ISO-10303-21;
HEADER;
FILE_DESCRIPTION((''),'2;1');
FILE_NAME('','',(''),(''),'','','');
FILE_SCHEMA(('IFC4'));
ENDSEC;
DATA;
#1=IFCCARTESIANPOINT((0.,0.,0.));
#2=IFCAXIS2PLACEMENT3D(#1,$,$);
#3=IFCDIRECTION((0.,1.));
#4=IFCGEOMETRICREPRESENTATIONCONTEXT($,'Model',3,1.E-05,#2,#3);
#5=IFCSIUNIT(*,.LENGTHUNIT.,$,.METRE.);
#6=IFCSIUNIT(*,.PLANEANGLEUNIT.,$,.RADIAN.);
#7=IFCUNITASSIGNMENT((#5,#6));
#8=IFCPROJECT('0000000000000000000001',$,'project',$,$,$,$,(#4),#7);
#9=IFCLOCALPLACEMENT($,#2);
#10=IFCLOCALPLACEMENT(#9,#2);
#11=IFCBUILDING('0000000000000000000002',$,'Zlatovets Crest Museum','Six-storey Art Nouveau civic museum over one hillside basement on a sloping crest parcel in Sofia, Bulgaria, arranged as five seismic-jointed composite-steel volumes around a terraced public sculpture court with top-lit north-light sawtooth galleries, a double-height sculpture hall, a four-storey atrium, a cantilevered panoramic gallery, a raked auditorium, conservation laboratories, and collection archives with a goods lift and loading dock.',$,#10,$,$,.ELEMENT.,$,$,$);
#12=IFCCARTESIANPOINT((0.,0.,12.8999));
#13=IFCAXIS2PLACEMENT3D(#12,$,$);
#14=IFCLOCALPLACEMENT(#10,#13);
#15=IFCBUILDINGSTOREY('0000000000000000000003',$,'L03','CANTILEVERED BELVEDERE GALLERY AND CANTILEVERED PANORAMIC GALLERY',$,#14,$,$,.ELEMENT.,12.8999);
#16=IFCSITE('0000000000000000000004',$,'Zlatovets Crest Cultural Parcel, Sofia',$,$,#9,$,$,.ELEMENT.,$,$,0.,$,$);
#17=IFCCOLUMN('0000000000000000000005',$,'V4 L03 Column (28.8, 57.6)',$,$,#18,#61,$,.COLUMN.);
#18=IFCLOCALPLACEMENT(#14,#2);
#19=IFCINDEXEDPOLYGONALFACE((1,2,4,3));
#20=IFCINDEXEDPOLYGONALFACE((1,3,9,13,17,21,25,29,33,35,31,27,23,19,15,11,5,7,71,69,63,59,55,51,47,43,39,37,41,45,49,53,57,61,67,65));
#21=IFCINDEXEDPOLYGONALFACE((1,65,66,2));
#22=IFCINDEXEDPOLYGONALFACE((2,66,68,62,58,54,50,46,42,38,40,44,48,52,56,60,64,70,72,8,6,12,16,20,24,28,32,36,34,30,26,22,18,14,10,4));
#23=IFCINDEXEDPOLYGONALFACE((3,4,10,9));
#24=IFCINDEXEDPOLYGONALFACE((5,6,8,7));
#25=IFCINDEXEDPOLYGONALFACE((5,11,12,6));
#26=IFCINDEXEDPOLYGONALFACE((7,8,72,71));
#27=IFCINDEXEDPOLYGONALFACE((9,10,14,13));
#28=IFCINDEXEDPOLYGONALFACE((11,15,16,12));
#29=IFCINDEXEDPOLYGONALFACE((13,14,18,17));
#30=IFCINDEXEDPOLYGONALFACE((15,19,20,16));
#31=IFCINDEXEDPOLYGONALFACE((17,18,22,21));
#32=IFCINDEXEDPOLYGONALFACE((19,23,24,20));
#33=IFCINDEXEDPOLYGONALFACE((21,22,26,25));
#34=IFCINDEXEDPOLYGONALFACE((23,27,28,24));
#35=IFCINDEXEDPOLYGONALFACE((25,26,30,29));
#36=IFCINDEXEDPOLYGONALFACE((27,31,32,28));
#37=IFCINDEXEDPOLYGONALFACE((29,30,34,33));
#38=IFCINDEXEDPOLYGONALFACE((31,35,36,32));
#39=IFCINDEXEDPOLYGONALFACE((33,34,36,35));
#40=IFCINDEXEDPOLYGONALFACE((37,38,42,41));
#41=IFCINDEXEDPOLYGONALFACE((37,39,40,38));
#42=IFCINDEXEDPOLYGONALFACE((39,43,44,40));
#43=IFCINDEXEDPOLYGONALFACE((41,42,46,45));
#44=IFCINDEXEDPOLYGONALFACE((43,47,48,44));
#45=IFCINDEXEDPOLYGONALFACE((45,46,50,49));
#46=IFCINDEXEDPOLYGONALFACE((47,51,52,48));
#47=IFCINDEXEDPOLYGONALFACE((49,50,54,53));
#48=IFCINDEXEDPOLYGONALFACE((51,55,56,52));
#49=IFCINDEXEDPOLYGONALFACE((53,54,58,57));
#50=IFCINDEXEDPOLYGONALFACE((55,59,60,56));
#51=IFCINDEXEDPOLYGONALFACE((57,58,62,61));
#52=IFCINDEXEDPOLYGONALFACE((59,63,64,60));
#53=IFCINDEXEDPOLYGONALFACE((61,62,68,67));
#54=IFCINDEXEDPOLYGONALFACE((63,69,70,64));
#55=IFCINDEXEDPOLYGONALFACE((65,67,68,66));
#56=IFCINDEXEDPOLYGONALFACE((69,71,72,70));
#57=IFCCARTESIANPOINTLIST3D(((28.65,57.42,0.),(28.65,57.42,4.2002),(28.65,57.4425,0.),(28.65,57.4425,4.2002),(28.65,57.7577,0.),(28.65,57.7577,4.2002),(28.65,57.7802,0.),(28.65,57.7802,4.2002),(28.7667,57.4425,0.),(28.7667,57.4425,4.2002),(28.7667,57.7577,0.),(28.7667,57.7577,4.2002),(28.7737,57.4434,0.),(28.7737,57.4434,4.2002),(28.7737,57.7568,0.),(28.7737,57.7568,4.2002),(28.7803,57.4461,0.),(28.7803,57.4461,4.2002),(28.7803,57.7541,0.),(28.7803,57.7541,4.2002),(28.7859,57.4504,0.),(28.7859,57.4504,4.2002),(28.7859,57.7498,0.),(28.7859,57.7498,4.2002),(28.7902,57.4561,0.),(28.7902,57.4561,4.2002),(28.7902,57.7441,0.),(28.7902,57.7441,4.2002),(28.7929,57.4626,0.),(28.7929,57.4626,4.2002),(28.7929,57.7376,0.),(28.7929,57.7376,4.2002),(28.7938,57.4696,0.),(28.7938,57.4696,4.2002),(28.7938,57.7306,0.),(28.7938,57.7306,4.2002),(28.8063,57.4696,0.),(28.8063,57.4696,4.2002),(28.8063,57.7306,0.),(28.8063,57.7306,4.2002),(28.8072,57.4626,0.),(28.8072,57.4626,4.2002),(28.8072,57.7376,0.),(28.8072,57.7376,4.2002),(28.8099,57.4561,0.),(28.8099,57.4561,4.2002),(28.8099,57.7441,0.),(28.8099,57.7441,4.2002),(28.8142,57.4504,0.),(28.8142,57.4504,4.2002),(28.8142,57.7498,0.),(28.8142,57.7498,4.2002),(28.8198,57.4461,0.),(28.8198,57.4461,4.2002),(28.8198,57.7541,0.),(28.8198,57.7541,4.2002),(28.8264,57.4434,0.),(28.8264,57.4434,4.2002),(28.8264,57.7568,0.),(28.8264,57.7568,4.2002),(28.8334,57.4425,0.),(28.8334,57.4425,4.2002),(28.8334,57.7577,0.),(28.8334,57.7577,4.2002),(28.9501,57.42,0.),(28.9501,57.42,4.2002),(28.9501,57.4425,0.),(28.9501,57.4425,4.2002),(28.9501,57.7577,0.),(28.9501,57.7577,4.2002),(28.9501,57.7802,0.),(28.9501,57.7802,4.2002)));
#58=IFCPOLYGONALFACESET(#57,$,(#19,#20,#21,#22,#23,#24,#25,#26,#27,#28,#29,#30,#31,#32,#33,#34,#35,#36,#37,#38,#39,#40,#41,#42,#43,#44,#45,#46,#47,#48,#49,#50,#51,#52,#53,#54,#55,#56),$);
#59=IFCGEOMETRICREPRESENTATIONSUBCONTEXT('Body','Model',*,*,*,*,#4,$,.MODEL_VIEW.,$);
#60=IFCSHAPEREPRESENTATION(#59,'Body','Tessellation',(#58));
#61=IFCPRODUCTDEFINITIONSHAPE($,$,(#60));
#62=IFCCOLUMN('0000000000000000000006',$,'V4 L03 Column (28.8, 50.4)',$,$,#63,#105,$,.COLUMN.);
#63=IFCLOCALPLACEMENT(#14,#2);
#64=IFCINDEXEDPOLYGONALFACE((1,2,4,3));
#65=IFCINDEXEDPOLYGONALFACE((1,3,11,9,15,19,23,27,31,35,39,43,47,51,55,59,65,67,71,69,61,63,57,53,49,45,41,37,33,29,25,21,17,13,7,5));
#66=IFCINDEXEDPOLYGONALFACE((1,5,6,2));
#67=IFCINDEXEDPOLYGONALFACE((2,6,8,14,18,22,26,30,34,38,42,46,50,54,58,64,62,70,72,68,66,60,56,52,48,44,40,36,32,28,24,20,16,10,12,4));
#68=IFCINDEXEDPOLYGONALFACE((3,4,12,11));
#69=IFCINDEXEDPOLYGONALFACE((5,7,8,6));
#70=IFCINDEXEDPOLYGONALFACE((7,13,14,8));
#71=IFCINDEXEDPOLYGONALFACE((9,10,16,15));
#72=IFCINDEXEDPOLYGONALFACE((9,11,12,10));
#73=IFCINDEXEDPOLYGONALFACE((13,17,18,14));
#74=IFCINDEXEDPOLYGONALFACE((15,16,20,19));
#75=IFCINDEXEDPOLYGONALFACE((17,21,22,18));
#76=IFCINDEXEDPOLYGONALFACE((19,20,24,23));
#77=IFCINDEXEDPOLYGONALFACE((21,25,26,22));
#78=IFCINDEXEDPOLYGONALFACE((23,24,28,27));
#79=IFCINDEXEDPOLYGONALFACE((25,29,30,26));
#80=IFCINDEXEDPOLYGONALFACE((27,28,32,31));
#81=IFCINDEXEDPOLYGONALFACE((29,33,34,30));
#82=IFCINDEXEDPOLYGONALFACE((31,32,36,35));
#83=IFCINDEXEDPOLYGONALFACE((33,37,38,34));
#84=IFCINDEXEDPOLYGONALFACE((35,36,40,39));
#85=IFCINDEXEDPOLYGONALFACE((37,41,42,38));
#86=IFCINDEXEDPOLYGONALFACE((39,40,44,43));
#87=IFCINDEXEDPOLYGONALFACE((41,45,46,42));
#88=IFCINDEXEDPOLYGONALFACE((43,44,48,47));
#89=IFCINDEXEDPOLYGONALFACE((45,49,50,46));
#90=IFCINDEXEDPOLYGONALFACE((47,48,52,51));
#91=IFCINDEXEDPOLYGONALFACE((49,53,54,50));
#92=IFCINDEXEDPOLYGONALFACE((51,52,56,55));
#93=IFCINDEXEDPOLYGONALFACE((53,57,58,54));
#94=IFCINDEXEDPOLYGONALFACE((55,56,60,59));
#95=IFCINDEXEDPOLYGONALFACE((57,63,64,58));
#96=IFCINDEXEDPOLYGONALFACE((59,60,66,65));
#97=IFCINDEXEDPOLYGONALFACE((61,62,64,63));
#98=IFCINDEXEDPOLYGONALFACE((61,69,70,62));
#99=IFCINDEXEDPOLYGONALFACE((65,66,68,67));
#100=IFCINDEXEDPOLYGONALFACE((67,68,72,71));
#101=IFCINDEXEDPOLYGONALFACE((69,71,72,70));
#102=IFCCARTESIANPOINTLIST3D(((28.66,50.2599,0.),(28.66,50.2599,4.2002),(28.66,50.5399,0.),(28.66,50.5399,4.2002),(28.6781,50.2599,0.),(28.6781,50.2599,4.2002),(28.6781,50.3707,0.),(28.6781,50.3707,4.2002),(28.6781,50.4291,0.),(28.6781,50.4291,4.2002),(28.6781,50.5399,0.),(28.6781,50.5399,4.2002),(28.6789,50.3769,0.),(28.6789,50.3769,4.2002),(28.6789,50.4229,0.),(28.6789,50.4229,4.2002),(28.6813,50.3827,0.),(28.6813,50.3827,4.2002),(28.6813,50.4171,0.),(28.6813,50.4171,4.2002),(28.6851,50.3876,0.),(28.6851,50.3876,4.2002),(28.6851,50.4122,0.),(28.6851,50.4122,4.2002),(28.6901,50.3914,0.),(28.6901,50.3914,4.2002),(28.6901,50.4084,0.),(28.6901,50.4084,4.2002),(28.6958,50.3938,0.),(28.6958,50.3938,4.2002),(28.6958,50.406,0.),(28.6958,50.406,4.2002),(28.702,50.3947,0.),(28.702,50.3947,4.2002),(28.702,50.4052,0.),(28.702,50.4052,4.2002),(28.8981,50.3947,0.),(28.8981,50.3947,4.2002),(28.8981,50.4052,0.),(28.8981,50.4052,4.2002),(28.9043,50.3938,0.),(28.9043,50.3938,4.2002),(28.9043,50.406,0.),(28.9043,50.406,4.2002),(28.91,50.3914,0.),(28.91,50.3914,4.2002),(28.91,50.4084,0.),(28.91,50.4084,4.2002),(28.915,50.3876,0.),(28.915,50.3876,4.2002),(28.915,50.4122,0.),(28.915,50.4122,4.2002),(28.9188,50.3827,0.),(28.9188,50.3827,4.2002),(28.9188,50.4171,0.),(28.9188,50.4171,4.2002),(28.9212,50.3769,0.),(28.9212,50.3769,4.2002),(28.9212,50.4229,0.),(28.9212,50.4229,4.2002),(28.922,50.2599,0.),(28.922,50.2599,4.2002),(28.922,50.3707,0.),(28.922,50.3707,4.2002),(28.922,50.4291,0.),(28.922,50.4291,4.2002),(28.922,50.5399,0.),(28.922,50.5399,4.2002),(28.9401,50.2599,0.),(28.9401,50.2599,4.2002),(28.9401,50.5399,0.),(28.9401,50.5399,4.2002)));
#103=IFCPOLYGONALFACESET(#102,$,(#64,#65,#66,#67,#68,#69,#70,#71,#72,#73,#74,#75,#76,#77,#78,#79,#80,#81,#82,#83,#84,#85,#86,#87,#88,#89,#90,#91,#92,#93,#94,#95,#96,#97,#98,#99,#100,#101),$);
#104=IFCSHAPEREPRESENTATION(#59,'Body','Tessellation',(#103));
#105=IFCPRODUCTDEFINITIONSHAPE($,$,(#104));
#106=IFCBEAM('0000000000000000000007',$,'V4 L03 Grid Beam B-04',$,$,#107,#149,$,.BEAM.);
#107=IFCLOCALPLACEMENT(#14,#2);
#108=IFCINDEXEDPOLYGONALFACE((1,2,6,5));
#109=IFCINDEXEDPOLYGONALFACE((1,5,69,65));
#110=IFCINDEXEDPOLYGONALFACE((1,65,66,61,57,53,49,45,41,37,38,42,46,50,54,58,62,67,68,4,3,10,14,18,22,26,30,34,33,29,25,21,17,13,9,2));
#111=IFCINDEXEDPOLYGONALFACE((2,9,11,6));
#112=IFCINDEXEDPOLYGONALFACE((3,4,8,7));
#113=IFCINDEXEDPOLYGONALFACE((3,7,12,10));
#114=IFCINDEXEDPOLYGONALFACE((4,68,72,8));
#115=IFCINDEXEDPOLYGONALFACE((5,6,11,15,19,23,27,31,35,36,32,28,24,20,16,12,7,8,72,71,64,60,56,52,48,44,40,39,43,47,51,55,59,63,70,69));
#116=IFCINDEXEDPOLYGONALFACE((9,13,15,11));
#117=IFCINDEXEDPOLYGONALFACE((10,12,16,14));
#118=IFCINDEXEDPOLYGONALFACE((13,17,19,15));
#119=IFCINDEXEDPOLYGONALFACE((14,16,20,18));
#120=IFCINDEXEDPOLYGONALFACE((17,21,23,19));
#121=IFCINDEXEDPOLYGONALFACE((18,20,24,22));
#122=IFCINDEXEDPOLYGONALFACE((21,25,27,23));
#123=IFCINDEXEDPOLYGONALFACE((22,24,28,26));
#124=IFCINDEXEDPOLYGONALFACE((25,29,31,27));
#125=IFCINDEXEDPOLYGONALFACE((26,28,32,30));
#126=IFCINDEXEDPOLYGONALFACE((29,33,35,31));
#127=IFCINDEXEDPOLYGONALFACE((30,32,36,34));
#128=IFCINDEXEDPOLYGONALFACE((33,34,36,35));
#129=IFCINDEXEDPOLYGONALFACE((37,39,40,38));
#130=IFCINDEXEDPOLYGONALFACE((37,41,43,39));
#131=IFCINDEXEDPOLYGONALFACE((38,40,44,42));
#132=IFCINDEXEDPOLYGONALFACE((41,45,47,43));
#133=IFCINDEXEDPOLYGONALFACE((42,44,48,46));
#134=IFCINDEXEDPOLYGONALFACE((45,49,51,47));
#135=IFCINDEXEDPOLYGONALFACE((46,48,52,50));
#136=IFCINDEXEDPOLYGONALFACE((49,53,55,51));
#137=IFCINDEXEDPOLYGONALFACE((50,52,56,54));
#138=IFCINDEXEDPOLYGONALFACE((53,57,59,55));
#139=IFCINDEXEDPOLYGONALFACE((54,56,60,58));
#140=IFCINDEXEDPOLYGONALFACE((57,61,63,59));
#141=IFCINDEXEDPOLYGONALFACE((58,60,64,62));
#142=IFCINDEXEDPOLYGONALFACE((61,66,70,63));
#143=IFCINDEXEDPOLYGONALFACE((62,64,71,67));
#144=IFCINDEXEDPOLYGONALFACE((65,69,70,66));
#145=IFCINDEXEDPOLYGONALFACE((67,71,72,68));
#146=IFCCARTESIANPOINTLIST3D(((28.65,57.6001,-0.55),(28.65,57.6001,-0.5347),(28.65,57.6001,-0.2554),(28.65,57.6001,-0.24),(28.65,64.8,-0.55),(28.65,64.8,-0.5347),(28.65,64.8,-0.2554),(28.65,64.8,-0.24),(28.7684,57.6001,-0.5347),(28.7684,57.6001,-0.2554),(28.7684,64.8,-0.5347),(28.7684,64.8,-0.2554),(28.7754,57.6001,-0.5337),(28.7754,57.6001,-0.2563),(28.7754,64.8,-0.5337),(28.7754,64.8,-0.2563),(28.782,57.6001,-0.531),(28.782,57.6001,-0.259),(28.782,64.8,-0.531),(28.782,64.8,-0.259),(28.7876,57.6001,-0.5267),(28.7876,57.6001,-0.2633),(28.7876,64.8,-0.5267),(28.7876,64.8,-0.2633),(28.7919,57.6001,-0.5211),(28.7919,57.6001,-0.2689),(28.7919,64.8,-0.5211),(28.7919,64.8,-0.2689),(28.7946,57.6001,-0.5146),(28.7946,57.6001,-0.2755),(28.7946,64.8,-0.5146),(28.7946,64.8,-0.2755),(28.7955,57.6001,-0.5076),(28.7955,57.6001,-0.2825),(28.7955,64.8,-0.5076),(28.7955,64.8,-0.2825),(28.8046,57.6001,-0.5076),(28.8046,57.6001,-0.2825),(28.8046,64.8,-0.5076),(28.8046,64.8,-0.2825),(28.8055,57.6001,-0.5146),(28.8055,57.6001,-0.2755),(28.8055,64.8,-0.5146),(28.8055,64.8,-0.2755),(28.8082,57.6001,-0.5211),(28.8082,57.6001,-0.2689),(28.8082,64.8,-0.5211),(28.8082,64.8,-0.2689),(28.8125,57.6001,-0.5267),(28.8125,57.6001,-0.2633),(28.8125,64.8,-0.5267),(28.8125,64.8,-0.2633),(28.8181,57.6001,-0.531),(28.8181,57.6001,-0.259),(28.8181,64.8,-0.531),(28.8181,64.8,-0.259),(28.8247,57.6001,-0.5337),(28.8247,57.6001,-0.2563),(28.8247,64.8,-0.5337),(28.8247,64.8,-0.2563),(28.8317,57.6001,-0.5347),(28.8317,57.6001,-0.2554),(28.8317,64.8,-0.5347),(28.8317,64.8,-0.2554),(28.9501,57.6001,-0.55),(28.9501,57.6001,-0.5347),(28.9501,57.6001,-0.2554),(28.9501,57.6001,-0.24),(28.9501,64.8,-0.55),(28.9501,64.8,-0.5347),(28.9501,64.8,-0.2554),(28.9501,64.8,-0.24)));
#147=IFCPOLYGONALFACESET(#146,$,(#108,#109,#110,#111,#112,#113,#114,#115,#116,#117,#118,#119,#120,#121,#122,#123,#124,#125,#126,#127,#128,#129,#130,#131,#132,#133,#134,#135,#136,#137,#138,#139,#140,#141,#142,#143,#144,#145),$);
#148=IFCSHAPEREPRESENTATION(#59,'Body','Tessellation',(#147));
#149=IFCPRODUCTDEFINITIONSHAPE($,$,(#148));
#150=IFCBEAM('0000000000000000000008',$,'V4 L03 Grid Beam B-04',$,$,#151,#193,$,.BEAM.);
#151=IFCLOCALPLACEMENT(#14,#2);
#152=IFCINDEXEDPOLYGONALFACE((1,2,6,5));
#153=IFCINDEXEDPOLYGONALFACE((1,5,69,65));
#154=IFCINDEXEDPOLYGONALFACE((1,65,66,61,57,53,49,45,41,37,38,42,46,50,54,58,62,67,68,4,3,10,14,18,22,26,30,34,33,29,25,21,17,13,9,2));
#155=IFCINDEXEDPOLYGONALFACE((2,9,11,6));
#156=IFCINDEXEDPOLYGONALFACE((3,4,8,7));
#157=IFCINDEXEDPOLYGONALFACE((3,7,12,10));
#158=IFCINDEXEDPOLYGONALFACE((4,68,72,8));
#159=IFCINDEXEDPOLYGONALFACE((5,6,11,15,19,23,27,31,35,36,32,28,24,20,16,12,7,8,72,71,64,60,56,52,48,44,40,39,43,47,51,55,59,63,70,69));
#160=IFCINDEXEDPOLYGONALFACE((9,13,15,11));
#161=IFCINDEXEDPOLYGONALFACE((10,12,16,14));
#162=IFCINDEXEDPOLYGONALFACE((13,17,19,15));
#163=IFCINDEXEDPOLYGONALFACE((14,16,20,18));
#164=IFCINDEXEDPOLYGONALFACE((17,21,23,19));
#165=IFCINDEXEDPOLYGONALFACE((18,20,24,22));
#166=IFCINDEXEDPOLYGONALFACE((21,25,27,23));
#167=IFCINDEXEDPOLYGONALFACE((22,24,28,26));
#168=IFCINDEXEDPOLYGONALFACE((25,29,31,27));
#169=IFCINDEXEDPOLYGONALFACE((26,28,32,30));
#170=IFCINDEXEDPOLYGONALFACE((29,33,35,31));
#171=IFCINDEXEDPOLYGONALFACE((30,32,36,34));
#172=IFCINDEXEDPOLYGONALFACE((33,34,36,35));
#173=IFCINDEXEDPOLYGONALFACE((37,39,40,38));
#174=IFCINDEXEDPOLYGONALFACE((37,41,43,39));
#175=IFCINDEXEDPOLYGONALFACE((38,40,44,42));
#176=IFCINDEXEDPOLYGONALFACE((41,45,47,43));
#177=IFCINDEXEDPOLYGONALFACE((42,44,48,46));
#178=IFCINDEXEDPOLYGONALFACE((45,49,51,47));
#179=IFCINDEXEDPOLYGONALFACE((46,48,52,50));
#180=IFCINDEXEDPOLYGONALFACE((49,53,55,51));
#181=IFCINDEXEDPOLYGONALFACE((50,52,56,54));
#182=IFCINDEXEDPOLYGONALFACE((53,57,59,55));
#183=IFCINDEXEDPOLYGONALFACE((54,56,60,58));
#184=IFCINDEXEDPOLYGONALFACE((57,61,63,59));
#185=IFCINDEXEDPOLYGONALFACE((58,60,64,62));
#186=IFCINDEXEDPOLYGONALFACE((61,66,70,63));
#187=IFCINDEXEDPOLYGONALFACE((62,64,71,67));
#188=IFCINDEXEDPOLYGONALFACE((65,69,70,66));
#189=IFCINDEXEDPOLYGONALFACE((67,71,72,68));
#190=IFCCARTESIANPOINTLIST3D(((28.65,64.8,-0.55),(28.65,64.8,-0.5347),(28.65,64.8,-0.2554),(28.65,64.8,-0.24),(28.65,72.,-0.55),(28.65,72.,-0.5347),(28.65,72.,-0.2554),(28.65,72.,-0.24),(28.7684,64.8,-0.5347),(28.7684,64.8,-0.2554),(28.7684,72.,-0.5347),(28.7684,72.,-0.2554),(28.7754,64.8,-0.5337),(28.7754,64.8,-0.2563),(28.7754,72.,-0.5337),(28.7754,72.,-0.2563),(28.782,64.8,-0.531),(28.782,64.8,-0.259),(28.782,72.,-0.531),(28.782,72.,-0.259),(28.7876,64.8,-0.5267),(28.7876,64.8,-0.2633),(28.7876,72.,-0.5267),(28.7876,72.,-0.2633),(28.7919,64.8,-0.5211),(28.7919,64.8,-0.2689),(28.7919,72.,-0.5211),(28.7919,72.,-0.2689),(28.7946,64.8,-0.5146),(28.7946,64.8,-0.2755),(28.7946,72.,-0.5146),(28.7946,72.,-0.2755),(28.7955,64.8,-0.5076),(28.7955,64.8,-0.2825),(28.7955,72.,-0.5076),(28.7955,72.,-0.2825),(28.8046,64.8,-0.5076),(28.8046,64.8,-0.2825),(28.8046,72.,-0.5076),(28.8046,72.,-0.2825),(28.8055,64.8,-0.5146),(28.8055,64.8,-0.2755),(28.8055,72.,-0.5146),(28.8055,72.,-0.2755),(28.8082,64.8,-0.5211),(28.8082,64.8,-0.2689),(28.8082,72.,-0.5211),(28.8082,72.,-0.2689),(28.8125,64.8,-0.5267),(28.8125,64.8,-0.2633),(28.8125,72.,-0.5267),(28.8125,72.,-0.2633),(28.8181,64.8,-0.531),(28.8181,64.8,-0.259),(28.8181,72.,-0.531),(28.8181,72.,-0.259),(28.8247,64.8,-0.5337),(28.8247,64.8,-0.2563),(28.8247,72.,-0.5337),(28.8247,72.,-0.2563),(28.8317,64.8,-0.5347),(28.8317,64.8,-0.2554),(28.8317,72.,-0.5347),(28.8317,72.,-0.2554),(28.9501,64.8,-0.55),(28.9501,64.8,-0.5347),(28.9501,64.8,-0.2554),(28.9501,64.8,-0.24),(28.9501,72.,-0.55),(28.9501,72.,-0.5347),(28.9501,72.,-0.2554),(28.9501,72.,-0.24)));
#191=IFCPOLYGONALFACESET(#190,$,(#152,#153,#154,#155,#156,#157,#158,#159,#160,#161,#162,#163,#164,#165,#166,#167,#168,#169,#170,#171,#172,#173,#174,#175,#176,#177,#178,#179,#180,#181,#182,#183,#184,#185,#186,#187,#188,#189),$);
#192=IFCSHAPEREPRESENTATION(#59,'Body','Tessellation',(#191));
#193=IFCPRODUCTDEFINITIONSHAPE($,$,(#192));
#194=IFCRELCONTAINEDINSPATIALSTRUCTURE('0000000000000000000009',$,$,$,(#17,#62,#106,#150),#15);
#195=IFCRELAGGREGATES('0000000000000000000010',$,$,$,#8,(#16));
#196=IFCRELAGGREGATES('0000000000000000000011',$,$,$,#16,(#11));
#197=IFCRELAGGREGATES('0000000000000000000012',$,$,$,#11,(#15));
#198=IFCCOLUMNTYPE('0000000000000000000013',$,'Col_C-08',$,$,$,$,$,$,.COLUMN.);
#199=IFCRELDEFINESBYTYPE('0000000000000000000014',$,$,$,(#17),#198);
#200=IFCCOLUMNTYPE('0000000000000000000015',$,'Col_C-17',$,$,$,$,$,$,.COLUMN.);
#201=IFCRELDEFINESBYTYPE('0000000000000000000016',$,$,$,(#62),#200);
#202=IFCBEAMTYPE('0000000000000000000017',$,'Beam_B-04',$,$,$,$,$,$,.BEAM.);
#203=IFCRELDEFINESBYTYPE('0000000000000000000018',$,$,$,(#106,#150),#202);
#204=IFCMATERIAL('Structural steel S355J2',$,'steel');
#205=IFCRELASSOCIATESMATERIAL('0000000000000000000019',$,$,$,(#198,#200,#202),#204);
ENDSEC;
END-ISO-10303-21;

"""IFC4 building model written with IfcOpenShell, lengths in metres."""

from ifc_helpers import new_model, si_unit, direction, frame, origin, origin_2d, place, context, subcontext, project, spatial, i_section, extrude, material, material_profile, profile_set, type_object, element, save


model = new_model("IFC4")

# Units and contexts
model_context = context("Model", 3, precision=1e-05, world=origin(), true_north=direction((0.0, 1.0)))
body_context = subcontext(model_context, "Body", "Model", "MODEL_VIEW")
ifc_project = project(units=[si_unit("LENGTHUNIT", "METRE"), si_unit("PLANEANGLEUNIT", "RADIAN")], contexts=[model_context])

# Site, building, storey
site_placement = place(None, origin())
site = spatial("IfcSite", under=ifc_project, at=site_placement, Name="Zlatovets Crest Cultural Parcel, Sofia", CompositionType="ELEMENT", RefElevation=0.0)
building_placement = place(site_placement, origin())
building = spatial("IfcBuilding", under=site, at=building_placement, Name="Zlatovets Crest Museum", Description="Six-storey Art Nouveau civic museum over one hillside basement on a sloping crest parcel in Sofia, Bulgaria, arranged as five seismic-jointed composite-steel volumes around a terraced public sculpture court with top-lit north-light sawtooth galleries, a double-height sculpture hall, a four-storey atrium, a cantilevered panoramic gallery, a raked auditorium, conservation laboratories, and collection archives with a goods lift and loading dock.", CompositionType="ELEMENT")
storey_placement = place(building_placement, frame((0.0, 0.0, 12.8999)))
storey = spatial("IfcBuildingStorey", under=building, at=storey_placement, Name="L03", Description="CANTILEVERED BELVEDERE GALLERY AND CANTILEVERED PANORAMIC GALLERY", CompositionType="ELEMENT", Elevation=12.8999)

# Columns
ifc_material_1 = material(Name="Structural steel S355J2", Category="steel")
ifc_material_profile_1 = material_profile(ifc_material_1, i_section(OverallWidth=0.3, OverallDepth=0.3601, WebThickness=0.0125, FlangeThickness=0.0225, FilletRadius=0.0271, at=origin_2d()), Name="HEB 360")
ifc_profile_set_1 = profile_set([ifc_material_profile_1], Name="Structural steel S355J2")
column_type_1 = type_object("IfcColumnType", Name="Col_C-08", PredefinedType="COLUMN", material=ifc_profile_set_1)
column_1_placement = place(storey_placement, frame((28.8, 57.6001, 0.0), z_axis=(0.0, 0.0, 1.0), x_axis=(1.0, 0.0, 0.0)))
element("IfcColumn", 1, at=column_1_placement, inside=storey, type_object=column_type_1, Name="V4 L03 Column (28.8, 57.6)", PredefinedType="COLUMN", context=body_context, shape_type="SweptSolid", body=[
    extrude(i_section(OverallWidth=0.3, OverallDepth=0.3601, WebThickness=0.0125, FlangeThickness=0.0225, FilletRadius=0.0271, at=origin_2d()), origin(), (0.0, 0.0, 1.0), 4.2002),
])
ifc_material_profile_2 = material_profile(ifc_material_1, i_section(OverallWidth=0.28, OverallDepth=0.28, WebThickness=0.0105, FlangeThickness=0.0181, FilletRadius=0.0239, at=origin_2d()), Name="HEB 280")
ifc_profile_set_2 = profile_set([ifc_material_profile_2], Name="Structural steel S355J2")
column_type_2 = type_object("IfcColumnType", Name="Col_C-17", PredefinedType="COLUMN", material=ifc_profile_set_2)
column_2_placement = place(storey_placement, frame((28.8, 50.3999, 0.0), z_axis=(0.0, 0.0, 1.0), x_axis=(0.0, 1.0, 0.0)))
element("IfcColumn", 2, at=column_2_placement, inside=storey, type_object=column_type_2, Name="V4 L03 Column (28.8, 50.4)", PredefinedType="COLUMN", context=body_context, shape_type="SweptSolid", body=[
    extrude(i_section(OverallWidth=0.28, OverallDepth=0.28, WebThickness=0.0105, FlangeThickness=0.0181, FilletRadius=0.0239, at=origin_2d()), origin(), (0.0, 0.0, 1.0), 4.2002),
])

# Beams
ifc_material_profile_3 = material_profile(ifc_material_1, i_section(OverallWidth=0.3, OverallDepth=0.3101, WebThickness=0.009, FlangeThickness=0.0154, FilletRadius=0.0271, at=origin_2d()), Name="HEA 320")
ifc_profile_set_3 = profile_set([ifc_material_profile_3], Name="Structural steel S355J2")
beam_type_1 = type_object("IfcBeamType", Name="Beam_B-04", PredefinedType="BEAM", material=ifc_profile_set_3)
for number, where, z_axis, x_axis, name in (
    (3, (28.8, 57.6001, -0.395), (0.0, 1.0, 0.0), (-1.0, 0.0, 0.0), "V4 L03 Grid Beam B-04"),
    (4, (28.8, 64.8, -0.395), (0.0, 1.0, 0.0), (-1.0, 0.0, 0.0), "V4 L03 Grid Beam B-04"),
):
    element("IfcBeam", number, at=place(storey_placement, frame(where, z_axis=z_axis, x_axis=x_axis)), inside=storey, type_object=beam_type_1, Name=name, PredefinedType="BEAM", context=body_context, shape_type="SweptSolid", body=[
        extrude(i_section(OverallWidth=0.3, OverallDepth=0.3101, WebThickness=0.009, FlangeThickness=0.0154, FilletRadius=0.0271, at=origin_2d()), origin(), (0.0, 0.0, 1.0), 7.2),
    ])

save(model, "model.ifc")
